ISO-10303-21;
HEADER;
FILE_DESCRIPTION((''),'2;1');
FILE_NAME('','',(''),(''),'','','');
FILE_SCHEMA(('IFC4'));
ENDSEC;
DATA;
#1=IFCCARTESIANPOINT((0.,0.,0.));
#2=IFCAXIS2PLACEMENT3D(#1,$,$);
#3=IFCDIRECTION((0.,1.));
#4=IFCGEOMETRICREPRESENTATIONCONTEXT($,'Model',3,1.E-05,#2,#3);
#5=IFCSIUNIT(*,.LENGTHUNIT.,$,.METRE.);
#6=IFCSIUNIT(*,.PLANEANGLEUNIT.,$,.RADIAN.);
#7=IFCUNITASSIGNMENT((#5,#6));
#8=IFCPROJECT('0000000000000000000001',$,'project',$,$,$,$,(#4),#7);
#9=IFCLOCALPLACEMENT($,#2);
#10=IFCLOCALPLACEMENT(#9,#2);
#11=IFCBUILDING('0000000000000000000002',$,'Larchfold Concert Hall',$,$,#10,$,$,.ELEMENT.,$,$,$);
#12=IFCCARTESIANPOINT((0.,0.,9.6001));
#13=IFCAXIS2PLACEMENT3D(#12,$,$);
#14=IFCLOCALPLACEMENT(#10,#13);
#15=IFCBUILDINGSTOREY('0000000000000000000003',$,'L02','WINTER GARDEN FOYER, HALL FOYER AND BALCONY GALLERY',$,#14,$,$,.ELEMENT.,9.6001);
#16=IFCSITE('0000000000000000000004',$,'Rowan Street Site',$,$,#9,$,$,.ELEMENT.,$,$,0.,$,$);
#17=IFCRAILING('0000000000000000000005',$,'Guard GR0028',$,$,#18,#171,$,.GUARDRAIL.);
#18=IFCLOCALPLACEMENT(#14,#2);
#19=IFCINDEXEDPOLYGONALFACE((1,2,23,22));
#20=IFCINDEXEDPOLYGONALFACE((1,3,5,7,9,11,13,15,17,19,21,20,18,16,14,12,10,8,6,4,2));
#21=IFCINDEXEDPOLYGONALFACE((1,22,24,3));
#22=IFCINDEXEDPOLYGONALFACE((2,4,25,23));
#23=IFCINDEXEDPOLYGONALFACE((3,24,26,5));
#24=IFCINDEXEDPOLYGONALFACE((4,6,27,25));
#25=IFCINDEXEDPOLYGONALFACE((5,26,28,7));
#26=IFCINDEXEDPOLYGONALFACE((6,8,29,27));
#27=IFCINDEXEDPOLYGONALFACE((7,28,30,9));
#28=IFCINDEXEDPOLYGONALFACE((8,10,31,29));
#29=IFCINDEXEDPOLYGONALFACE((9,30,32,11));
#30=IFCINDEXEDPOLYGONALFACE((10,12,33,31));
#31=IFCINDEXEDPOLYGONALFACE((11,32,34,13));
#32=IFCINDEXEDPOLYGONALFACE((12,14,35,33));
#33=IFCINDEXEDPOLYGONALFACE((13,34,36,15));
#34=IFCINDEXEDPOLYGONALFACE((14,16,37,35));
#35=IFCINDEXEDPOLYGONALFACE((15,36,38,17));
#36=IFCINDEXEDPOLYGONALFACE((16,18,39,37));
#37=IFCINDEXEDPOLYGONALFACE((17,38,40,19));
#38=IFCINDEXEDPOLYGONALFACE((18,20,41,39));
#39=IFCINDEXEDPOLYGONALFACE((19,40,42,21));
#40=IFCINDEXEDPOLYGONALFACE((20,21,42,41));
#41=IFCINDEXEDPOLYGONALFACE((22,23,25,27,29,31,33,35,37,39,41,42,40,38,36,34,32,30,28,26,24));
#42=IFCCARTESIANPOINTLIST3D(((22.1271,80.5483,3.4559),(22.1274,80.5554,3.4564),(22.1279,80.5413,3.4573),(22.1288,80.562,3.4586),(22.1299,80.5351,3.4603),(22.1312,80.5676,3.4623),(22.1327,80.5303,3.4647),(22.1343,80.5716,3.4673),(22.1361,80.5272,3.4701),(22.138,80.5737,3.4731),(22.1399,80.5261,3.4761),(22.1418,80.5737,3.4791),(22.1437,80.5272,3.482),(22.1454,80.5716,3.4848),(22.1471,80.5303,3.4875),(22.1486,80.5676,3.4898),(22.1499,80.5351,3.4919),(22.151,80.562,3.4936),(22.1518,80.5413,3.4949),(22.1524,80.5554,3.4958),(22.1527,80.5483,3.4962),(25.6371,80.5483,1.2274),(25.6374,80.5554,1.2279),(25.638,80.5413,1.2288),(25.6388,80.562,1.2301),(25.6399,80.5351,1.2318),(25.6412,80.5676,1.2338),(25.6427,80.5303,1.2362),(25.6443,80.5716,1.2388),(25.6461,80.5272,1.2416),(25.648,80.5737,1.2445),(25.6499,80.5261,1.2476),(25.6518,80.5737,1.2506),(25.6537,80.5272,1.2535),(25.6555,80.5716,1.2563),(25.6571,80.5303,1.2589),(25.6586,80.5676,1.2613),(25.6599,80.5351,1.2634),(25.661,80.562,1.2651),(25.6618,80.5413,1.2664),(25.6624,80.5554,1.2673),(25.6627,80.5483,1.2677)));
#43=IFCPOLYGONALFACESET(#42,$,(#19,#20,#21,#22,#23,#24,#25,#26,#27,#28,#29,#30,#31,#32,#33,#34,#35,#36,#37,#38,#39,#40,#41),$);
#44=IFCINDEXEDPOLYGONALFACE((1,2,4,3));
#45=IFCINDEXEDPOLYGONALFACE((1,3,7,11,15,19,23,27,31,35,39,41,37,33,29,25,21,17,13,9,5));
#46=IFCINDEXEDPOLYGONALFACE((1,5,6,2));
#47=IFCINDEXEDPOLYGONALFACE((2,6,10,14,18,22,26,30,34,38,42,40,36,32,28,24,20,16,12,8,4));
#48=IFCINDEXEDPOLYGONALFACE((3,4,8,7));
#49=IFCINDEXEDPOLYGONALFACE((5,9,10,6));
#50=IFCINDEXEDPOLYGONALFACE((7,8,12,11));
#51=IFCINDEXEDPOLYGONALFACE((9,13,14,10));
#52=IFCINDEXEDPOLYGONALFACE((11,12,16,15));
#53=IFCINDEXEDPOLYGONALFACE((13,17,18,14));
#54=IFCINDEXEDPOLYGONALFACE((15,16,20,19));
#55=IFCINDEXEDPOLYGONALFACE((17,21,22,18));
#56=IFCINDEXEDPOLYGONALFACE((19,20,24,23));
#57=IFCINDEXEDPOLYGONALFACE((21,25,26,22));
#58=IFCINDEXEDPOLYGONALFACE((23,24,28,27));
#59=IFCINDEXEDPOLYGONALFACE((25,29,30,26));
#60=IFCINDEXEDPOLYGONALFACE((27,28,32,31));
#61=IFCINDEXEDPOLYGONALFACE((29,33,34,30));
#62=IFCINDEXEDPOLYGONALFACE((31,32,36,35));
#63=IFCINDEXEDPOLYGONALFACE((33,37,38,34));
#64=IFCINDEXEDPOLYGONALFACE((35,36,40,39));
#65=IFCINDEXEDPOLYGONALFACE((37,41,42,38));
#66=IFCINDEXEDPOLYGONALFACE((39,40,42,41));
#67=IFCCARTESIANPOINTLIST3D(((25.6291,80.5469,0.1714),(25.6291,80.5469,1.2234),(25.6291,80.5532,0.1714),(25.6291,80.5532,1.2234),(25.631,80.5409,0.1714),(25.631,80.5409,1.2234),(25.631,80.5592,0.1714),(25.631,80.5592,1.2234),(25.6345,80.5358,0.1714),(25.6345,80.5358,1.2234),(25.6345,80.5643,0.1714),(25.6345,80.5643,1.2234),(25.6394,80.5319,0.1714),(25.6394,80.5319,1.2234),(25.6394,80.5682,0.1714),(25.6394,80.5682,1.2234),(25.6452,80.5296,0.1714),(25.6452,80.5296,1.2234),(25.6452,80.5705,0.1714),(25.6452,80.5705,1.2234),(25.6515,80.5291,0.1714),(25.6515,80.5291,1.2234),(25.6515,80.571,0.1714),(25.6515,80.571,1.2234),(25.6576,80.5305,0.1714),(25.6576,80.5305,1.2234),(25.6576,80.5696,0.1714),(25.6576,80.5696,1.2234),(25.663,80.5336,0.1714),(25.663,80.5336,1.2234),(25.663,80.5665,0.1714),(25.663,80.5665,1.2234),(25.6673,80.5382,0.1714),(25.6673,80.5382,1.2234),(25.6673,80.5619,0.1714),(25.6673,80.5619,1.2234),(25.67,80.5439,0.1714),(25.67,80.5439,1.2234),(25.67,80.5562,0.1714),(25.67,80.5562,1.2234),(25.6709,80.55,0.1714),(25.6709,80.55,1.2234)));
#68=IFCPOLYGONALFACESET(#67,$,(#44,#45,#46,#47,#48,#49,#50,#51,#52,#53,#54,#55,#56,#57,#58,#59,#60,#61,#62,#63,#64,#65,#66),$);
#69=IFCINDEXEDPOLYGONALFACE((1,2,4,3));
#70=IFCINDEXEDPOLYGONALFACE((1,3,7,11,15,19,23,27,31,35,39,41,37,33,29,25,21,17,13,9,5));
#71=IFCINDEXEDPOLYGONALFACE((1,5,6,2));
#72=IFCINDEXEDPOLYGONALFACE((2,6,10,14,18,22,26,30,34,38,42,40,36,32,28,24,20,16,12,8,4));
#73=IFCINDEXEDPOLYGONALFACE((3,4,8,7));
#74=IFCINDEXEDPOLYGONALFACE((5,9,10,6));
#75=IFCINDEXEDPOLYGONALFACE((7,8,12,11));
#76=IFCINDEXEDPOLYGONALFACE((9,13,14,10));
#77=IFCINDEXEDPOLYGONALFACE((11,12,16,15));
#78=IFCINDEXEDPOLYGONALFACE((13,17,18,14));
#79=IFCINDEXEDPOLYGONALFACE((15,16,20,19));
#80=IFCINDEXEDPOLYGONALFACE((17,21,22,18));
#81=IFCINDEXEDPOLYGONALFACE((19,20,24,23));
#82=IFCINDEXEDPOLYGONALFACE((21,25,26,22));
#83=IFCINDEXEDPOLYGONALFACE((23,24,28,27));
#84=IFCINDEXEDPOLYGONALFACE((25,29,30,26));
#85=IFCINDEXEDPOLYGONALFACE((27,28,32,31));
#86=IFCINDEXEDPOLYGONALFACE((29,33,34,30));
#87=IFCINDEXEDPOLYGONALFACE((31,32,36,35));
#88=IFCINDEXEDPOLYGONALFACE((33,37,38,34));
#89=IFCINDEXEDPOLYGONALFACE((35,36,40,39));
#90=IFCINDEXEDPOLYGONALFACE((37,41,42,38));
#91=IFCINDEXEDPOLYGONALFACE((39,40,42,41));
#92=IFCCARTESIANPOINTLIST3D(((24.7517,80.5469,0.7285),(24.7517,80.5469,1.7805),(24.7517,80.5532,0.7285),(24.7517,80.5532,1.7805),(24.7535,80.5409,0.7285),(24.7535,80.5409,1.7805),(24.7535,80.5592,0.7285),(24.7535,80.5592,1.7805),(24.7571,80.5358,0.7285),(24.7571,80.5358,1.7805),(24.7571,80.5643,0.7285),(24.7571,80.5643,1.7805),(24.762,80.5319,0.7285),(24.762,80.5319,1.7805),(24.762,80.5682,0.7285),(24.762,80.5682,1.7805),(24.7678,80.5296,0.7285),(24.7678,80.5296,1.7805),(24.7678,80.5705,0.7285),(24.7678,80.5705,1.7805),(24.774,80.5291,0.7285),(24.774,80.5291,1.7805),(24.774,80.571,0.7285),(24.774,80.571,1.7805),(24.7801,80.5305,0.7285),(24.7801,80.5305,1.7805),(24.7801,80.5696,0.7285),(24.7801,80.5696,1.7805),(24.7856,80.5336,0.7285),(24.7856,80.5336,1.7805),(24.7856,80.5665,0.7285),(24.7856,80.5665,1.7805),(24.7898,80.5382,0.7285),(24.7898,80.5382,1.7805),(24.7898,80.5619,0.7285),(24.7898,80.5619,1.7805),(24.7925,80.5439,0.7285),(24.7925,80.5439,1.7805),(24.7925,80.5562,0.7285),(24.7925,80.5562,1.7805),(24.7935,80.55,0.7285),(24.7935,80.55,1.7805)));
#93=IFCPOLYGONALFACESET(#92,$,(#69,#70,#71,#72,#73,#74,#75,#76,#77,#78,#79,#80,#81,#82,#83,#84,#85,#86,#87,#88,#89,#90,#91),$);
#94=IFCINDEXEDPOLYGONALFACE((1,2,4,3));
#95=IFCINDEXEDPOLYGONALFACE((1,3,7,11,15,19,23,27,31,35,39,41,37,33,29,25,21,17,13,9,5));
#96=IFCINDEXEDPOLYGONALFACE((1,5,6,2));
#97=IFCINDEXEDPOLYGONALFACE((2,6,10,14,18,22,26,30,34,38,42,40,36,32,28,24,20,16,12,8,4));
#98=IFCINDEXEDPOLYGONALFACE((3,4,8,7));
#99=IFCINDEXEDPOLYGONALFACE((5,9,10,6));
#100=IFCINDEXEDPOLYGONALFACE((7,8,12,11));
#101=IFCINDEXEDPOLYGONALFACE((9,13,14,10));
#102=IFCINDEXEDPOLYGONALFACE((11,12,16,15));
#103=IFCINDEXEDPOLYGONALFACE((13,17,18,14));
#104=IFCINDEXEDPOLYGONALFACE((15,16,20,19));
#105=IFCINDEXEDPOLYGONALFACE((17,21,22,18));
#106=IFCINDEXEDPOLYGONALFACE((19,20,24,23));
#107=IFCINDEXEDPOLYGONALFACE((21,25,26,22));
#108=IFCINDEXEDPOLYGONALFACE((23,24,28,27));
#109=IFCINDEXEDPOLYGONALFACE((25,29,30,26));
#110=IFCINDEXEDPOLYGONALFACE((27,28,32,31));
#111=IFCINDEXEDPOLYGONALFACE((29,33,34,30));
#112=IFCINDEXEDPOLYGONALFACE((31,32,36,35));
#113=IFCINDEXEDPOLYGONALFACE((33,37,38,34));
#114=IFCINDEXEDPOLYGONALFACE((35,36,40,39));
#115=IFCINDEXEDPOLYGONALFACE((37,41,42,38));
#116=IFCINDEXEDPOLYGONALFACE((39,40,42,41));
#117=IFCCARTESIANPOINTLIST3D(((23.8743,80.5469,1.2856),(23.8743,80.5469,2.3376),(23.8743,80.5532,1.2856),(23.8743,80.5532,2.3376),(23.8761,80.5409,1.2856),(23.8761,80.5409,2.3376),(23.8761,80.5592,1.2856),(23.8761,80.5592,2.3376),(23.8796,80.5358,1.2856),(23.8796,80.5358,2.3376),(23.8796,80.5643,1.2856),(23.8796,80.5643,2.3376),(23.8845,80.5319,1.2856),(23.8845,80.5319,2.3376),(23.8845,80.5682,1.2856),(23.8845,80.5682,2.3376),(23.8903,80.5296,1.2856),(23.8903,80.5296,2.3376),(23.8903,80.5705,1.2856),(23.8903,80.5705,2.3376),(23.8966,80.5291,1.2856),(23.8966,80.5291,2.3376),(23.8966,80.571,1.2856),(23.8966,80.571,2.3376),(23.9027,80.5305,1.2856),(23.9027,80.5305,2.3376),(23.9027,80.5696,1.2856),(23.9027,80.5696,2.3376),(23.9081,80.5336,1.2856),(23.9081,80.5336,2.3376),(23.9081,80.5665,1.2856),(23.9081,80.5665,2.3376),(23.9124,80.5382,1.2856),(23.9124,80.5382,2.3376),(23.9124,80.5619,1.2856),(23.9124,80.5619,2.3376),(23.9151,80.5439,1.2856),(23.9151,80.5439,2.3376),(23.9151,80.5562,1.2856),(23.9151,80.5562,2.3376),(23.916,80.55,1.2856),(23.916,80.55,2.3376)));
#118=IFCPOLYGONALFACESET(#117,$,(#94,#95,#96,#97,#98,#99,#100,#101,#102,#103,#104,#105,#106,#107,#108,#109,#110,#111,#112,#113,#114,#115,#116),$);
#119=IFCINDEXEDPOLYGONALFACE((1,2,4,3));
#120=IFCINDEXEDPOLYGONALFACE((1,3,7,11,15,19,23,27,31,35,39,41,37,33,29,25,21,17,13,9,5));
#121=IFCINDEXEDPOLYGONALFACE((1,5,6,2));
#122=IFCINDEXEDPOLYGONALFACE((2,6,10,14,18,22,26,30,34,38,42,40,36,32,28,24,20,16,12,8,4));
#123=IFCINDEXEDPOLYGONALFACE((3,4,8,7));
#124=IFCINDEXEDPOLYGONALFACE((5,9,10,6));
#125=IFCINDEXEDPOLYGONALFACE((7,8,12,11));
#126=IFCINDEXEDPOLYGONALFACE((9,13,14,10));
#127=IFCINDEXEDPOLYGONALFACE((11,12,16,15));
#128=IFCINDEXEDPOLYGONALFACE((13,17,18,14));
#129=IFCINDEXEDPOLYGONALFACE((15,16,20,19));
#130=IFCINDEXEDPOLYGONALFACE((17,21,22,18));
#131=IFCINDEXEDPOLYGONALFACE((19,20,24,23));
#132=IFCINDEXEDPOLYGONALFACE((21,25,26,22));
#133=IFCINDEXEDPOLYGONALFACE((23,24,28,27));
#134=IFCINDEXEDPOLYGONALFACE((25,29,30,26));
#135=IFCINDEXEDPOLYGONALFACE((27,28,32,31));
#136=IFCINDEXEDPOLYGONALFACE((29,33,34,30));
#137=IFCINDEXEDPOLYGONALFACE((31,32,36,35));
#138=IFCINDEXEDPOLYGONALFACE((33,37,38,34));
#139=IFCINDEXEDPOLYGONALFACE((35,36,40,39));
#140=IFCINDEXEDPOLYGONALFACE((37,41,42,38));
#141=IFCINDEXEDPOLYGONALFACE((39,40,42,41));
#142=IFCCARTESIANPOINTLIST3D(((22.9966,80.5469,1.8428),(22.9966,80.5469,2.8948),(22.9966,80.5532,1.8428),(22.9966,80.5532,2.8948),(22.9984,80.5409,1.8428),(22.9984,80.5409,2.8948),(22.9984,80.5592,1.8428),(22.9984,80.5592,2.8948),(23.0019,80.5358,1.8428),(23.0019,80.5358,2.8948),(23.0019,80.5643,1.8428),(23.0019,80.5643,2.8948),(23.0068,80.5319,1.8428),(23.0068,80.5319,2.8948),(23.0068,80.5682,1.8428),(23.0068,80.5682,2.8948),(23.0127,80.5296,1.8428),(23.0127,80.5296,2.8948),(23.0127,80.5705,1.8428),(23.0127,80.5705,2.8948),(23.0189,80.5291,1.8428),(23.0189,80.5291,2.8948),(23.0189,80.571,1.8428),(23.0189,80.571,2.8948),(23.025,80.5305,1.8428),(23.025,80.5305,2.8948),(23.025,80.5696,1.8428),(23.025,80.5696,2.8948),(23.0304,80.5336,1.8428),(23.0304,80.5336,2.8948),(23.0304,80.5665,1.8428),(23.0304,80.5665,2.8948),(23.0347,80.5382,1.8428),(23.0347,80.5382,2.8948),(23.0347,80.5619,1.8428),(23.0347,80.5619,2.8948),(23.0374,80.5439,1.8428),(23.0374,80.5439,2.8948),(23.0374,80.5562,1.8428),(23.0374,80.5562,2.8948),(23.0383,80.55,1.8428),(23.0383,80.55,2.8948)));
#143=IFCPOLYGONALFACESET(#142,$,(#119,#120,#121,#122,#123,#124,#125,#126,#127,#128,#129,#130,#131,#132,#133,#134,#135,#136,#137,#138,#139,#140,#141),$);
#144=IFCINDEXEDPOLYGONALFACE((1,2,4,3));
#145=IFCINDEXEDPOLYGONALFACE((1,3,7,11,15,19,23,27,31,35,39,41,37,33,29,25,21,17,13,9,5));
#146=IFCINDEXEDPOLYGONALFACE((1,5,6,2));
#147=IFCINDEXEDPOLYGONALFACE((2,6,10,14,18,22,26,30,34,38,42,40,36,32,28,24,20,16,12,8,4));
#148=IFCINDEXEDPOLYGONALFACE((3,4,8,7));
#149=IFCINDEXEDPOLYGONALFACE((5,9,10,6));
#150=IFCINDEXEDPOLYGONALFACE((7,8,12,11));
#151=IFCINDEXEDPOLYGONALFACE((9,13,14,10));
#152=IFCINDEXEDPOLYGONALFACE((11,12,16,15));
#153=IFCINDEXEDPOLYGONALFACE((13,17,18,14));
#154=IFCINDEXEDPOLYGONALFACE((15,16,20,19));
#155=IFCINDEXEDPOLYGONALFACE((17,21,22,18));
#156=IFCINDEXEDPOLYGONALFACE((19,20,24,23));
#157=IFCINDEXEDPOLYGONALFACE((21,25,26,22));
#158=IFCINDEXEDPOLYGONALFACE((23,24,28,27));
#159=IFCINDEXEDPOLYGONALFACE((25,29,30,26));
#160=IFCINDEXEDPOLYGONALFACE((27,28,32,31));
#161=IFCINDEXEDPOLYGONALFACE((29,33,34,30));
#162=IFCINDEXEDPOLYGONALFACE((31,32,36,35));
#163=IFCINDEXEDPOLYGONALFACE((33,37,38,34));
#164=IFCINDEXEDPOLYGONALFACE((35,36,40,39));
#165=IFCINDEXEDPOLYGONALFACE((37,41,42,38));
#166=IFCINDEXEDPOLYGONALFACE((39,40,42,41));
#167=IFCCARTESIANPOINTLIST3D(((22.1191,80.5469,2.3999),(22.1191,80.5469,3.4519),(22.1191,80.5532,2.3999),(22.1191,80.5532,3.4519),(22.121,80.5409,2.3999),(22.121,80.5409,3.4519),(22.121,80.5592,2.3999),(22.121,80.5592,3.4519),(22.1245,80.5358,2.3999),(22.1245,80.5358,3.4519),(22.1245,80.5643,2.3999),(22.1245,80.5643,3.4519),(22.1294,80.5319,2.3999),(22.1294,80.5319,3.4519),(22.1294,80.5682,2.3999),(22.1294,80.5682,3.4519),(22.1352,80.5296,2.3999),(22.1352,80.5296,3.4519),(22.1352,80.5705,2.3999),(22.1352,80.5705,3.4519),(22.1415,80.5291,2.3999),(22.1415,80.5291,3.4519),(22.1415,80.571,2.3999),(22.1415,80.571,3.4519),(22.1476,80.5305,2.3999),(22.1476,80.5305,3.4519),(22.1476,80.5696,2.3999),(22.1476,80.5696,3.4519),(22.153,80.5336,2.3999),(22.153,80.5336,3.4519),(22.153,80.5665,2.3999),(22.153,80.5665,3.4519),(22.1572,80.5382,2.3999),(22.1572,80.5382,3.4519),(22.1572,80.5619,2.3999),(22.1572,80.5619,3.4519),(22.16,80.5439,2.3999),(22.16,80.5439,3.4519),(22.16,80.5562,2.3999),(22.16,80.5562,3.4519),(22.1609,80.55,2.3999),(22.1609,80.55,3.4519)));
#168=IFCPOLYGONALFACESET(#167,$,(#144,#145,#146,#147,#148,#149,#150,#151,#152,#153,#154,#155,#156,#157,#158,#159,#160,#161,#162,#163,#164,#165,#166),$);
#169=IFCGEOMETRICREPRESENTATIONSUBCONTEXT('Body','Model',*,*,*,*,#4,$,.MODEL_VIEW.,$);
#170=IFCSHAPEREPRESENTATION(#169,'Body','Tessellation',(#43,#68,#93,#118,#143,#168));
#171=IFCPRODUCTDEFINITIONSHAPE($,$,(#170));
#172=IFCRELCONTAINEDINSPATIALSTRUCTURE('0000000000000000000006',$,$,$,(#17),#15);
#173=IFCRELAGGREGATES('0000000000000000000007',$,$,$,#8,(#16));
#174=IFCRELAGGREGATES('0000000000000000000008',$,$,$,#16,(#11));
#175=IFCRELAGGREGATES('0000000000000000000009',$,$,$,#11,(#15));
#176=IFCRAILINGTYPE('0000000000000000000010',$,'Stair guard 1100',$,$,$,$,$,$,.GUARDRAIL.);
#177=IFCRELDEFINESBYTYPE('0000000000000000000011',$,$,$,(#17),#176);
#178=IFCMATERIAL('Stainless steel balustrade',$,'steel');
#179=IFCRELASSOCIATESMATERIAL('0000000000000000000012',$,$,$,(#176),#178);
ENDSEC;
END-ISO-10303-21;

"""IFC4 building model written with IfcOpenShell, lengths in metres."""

from ifc_helpers import new_model, si_unit, direction, frame, origin, origin_2d, place, context, subcontext, project, spatial, circle, extrude, material, type_object, element, save


model = new_model("IFC4")

# Units and contexts
model_context = context("Model", 3, precision=1e-05, world=origin(), true_north=direction((0.0, 1.0)))
body_context = subcontext(model_context, "Body", "Model", "MODEL_VIEW")
ifc_project = project(units=[si_unit("LENGTHUNIT", "METRE"), si_unit("PLANEANGLEUNIT", "RADIAN")], contexts=[model_context])

# Site, building, storey
site_placement = place(None, origin())
site = spatial("IfcSite", under=ifc_project, at=site_placement, Name="Rowan Street Site", CompositionType="ELEMENT", RefElevation=0.0)
building_placement = place(site_placement, origin())
building = spatial("IfcBuilding", under=site, at=building_placement, Name="Larchfold Concert Hall", CompositionType="ELEMENT")
storey_placement = place(building_placement, frame((0.0, 0.0, 9.6001)))
storey = spatial("IfcBuildingStorey", under=building, at=storey_placement, Name="L02", Description="WINTER GARDEN FOYER, HALL FOYER AND BALCONY GALLERY", CompositionType="ELEMENT", Elevation=9.6001)

# Railing
ifc_material_1 = material(Name="Stainless steel balustrade", Category="steel")
railing_type_1 = type_object("IfcRailingType", Name="Stair guard 1100", PredefinedType="GUARDRAIL", material=ifc_material_1)
railing_1_placement = place(storey_placement, frame((25.6499, 80.55, 0.1714)))
element("IfcRailing", 1, at=railing_1_placement, inside=storey, type_object=railing_type_1, Name="Guard GR0028", PredefinedType="GUARDRAIL", context=body_context, shape_type="SweptSolid", body=[
    extrude(circle(Radius=0.0239, at=origin_2d()), frame((0.0, 0.0, 1.0762), z_axis=(-0.84422, 0.0, 0.535998), x_axis=(0.0, -1.0, 0.0)), (0.0, 0.0, 1.0), 4.1577),
    extrude(circle(Radius=0.021, at=origin_2d()), origin(), (0.0, 0.0, 1.0), 1.052),
    extrude(circle(Radius=0.021, at=origin_2d()), frame((-0.8774, 0.0, 0.5571)), (0.0, 0.0, 1.0), 1.052),
    extrude(circle(Radius=0.021, at=origin_2d()), frame((-1.7549, 0.0, 1.1143)), (0.0, 0.0, 1.0), 1.052),
    extrude(circle(Radius=0.021, at=origin_2d()), frame((-2.6326, 0.0, 1.6714)), (0.0, 0.0, 1.0), 1.052),
    extrude(circle(Radius=0.021, at=origin_2d()), frame((-3.51, 0.0, 2.2285)), (0.0, 0.0, 1.0), 1.052),
])

save(model, "model.ifc")
